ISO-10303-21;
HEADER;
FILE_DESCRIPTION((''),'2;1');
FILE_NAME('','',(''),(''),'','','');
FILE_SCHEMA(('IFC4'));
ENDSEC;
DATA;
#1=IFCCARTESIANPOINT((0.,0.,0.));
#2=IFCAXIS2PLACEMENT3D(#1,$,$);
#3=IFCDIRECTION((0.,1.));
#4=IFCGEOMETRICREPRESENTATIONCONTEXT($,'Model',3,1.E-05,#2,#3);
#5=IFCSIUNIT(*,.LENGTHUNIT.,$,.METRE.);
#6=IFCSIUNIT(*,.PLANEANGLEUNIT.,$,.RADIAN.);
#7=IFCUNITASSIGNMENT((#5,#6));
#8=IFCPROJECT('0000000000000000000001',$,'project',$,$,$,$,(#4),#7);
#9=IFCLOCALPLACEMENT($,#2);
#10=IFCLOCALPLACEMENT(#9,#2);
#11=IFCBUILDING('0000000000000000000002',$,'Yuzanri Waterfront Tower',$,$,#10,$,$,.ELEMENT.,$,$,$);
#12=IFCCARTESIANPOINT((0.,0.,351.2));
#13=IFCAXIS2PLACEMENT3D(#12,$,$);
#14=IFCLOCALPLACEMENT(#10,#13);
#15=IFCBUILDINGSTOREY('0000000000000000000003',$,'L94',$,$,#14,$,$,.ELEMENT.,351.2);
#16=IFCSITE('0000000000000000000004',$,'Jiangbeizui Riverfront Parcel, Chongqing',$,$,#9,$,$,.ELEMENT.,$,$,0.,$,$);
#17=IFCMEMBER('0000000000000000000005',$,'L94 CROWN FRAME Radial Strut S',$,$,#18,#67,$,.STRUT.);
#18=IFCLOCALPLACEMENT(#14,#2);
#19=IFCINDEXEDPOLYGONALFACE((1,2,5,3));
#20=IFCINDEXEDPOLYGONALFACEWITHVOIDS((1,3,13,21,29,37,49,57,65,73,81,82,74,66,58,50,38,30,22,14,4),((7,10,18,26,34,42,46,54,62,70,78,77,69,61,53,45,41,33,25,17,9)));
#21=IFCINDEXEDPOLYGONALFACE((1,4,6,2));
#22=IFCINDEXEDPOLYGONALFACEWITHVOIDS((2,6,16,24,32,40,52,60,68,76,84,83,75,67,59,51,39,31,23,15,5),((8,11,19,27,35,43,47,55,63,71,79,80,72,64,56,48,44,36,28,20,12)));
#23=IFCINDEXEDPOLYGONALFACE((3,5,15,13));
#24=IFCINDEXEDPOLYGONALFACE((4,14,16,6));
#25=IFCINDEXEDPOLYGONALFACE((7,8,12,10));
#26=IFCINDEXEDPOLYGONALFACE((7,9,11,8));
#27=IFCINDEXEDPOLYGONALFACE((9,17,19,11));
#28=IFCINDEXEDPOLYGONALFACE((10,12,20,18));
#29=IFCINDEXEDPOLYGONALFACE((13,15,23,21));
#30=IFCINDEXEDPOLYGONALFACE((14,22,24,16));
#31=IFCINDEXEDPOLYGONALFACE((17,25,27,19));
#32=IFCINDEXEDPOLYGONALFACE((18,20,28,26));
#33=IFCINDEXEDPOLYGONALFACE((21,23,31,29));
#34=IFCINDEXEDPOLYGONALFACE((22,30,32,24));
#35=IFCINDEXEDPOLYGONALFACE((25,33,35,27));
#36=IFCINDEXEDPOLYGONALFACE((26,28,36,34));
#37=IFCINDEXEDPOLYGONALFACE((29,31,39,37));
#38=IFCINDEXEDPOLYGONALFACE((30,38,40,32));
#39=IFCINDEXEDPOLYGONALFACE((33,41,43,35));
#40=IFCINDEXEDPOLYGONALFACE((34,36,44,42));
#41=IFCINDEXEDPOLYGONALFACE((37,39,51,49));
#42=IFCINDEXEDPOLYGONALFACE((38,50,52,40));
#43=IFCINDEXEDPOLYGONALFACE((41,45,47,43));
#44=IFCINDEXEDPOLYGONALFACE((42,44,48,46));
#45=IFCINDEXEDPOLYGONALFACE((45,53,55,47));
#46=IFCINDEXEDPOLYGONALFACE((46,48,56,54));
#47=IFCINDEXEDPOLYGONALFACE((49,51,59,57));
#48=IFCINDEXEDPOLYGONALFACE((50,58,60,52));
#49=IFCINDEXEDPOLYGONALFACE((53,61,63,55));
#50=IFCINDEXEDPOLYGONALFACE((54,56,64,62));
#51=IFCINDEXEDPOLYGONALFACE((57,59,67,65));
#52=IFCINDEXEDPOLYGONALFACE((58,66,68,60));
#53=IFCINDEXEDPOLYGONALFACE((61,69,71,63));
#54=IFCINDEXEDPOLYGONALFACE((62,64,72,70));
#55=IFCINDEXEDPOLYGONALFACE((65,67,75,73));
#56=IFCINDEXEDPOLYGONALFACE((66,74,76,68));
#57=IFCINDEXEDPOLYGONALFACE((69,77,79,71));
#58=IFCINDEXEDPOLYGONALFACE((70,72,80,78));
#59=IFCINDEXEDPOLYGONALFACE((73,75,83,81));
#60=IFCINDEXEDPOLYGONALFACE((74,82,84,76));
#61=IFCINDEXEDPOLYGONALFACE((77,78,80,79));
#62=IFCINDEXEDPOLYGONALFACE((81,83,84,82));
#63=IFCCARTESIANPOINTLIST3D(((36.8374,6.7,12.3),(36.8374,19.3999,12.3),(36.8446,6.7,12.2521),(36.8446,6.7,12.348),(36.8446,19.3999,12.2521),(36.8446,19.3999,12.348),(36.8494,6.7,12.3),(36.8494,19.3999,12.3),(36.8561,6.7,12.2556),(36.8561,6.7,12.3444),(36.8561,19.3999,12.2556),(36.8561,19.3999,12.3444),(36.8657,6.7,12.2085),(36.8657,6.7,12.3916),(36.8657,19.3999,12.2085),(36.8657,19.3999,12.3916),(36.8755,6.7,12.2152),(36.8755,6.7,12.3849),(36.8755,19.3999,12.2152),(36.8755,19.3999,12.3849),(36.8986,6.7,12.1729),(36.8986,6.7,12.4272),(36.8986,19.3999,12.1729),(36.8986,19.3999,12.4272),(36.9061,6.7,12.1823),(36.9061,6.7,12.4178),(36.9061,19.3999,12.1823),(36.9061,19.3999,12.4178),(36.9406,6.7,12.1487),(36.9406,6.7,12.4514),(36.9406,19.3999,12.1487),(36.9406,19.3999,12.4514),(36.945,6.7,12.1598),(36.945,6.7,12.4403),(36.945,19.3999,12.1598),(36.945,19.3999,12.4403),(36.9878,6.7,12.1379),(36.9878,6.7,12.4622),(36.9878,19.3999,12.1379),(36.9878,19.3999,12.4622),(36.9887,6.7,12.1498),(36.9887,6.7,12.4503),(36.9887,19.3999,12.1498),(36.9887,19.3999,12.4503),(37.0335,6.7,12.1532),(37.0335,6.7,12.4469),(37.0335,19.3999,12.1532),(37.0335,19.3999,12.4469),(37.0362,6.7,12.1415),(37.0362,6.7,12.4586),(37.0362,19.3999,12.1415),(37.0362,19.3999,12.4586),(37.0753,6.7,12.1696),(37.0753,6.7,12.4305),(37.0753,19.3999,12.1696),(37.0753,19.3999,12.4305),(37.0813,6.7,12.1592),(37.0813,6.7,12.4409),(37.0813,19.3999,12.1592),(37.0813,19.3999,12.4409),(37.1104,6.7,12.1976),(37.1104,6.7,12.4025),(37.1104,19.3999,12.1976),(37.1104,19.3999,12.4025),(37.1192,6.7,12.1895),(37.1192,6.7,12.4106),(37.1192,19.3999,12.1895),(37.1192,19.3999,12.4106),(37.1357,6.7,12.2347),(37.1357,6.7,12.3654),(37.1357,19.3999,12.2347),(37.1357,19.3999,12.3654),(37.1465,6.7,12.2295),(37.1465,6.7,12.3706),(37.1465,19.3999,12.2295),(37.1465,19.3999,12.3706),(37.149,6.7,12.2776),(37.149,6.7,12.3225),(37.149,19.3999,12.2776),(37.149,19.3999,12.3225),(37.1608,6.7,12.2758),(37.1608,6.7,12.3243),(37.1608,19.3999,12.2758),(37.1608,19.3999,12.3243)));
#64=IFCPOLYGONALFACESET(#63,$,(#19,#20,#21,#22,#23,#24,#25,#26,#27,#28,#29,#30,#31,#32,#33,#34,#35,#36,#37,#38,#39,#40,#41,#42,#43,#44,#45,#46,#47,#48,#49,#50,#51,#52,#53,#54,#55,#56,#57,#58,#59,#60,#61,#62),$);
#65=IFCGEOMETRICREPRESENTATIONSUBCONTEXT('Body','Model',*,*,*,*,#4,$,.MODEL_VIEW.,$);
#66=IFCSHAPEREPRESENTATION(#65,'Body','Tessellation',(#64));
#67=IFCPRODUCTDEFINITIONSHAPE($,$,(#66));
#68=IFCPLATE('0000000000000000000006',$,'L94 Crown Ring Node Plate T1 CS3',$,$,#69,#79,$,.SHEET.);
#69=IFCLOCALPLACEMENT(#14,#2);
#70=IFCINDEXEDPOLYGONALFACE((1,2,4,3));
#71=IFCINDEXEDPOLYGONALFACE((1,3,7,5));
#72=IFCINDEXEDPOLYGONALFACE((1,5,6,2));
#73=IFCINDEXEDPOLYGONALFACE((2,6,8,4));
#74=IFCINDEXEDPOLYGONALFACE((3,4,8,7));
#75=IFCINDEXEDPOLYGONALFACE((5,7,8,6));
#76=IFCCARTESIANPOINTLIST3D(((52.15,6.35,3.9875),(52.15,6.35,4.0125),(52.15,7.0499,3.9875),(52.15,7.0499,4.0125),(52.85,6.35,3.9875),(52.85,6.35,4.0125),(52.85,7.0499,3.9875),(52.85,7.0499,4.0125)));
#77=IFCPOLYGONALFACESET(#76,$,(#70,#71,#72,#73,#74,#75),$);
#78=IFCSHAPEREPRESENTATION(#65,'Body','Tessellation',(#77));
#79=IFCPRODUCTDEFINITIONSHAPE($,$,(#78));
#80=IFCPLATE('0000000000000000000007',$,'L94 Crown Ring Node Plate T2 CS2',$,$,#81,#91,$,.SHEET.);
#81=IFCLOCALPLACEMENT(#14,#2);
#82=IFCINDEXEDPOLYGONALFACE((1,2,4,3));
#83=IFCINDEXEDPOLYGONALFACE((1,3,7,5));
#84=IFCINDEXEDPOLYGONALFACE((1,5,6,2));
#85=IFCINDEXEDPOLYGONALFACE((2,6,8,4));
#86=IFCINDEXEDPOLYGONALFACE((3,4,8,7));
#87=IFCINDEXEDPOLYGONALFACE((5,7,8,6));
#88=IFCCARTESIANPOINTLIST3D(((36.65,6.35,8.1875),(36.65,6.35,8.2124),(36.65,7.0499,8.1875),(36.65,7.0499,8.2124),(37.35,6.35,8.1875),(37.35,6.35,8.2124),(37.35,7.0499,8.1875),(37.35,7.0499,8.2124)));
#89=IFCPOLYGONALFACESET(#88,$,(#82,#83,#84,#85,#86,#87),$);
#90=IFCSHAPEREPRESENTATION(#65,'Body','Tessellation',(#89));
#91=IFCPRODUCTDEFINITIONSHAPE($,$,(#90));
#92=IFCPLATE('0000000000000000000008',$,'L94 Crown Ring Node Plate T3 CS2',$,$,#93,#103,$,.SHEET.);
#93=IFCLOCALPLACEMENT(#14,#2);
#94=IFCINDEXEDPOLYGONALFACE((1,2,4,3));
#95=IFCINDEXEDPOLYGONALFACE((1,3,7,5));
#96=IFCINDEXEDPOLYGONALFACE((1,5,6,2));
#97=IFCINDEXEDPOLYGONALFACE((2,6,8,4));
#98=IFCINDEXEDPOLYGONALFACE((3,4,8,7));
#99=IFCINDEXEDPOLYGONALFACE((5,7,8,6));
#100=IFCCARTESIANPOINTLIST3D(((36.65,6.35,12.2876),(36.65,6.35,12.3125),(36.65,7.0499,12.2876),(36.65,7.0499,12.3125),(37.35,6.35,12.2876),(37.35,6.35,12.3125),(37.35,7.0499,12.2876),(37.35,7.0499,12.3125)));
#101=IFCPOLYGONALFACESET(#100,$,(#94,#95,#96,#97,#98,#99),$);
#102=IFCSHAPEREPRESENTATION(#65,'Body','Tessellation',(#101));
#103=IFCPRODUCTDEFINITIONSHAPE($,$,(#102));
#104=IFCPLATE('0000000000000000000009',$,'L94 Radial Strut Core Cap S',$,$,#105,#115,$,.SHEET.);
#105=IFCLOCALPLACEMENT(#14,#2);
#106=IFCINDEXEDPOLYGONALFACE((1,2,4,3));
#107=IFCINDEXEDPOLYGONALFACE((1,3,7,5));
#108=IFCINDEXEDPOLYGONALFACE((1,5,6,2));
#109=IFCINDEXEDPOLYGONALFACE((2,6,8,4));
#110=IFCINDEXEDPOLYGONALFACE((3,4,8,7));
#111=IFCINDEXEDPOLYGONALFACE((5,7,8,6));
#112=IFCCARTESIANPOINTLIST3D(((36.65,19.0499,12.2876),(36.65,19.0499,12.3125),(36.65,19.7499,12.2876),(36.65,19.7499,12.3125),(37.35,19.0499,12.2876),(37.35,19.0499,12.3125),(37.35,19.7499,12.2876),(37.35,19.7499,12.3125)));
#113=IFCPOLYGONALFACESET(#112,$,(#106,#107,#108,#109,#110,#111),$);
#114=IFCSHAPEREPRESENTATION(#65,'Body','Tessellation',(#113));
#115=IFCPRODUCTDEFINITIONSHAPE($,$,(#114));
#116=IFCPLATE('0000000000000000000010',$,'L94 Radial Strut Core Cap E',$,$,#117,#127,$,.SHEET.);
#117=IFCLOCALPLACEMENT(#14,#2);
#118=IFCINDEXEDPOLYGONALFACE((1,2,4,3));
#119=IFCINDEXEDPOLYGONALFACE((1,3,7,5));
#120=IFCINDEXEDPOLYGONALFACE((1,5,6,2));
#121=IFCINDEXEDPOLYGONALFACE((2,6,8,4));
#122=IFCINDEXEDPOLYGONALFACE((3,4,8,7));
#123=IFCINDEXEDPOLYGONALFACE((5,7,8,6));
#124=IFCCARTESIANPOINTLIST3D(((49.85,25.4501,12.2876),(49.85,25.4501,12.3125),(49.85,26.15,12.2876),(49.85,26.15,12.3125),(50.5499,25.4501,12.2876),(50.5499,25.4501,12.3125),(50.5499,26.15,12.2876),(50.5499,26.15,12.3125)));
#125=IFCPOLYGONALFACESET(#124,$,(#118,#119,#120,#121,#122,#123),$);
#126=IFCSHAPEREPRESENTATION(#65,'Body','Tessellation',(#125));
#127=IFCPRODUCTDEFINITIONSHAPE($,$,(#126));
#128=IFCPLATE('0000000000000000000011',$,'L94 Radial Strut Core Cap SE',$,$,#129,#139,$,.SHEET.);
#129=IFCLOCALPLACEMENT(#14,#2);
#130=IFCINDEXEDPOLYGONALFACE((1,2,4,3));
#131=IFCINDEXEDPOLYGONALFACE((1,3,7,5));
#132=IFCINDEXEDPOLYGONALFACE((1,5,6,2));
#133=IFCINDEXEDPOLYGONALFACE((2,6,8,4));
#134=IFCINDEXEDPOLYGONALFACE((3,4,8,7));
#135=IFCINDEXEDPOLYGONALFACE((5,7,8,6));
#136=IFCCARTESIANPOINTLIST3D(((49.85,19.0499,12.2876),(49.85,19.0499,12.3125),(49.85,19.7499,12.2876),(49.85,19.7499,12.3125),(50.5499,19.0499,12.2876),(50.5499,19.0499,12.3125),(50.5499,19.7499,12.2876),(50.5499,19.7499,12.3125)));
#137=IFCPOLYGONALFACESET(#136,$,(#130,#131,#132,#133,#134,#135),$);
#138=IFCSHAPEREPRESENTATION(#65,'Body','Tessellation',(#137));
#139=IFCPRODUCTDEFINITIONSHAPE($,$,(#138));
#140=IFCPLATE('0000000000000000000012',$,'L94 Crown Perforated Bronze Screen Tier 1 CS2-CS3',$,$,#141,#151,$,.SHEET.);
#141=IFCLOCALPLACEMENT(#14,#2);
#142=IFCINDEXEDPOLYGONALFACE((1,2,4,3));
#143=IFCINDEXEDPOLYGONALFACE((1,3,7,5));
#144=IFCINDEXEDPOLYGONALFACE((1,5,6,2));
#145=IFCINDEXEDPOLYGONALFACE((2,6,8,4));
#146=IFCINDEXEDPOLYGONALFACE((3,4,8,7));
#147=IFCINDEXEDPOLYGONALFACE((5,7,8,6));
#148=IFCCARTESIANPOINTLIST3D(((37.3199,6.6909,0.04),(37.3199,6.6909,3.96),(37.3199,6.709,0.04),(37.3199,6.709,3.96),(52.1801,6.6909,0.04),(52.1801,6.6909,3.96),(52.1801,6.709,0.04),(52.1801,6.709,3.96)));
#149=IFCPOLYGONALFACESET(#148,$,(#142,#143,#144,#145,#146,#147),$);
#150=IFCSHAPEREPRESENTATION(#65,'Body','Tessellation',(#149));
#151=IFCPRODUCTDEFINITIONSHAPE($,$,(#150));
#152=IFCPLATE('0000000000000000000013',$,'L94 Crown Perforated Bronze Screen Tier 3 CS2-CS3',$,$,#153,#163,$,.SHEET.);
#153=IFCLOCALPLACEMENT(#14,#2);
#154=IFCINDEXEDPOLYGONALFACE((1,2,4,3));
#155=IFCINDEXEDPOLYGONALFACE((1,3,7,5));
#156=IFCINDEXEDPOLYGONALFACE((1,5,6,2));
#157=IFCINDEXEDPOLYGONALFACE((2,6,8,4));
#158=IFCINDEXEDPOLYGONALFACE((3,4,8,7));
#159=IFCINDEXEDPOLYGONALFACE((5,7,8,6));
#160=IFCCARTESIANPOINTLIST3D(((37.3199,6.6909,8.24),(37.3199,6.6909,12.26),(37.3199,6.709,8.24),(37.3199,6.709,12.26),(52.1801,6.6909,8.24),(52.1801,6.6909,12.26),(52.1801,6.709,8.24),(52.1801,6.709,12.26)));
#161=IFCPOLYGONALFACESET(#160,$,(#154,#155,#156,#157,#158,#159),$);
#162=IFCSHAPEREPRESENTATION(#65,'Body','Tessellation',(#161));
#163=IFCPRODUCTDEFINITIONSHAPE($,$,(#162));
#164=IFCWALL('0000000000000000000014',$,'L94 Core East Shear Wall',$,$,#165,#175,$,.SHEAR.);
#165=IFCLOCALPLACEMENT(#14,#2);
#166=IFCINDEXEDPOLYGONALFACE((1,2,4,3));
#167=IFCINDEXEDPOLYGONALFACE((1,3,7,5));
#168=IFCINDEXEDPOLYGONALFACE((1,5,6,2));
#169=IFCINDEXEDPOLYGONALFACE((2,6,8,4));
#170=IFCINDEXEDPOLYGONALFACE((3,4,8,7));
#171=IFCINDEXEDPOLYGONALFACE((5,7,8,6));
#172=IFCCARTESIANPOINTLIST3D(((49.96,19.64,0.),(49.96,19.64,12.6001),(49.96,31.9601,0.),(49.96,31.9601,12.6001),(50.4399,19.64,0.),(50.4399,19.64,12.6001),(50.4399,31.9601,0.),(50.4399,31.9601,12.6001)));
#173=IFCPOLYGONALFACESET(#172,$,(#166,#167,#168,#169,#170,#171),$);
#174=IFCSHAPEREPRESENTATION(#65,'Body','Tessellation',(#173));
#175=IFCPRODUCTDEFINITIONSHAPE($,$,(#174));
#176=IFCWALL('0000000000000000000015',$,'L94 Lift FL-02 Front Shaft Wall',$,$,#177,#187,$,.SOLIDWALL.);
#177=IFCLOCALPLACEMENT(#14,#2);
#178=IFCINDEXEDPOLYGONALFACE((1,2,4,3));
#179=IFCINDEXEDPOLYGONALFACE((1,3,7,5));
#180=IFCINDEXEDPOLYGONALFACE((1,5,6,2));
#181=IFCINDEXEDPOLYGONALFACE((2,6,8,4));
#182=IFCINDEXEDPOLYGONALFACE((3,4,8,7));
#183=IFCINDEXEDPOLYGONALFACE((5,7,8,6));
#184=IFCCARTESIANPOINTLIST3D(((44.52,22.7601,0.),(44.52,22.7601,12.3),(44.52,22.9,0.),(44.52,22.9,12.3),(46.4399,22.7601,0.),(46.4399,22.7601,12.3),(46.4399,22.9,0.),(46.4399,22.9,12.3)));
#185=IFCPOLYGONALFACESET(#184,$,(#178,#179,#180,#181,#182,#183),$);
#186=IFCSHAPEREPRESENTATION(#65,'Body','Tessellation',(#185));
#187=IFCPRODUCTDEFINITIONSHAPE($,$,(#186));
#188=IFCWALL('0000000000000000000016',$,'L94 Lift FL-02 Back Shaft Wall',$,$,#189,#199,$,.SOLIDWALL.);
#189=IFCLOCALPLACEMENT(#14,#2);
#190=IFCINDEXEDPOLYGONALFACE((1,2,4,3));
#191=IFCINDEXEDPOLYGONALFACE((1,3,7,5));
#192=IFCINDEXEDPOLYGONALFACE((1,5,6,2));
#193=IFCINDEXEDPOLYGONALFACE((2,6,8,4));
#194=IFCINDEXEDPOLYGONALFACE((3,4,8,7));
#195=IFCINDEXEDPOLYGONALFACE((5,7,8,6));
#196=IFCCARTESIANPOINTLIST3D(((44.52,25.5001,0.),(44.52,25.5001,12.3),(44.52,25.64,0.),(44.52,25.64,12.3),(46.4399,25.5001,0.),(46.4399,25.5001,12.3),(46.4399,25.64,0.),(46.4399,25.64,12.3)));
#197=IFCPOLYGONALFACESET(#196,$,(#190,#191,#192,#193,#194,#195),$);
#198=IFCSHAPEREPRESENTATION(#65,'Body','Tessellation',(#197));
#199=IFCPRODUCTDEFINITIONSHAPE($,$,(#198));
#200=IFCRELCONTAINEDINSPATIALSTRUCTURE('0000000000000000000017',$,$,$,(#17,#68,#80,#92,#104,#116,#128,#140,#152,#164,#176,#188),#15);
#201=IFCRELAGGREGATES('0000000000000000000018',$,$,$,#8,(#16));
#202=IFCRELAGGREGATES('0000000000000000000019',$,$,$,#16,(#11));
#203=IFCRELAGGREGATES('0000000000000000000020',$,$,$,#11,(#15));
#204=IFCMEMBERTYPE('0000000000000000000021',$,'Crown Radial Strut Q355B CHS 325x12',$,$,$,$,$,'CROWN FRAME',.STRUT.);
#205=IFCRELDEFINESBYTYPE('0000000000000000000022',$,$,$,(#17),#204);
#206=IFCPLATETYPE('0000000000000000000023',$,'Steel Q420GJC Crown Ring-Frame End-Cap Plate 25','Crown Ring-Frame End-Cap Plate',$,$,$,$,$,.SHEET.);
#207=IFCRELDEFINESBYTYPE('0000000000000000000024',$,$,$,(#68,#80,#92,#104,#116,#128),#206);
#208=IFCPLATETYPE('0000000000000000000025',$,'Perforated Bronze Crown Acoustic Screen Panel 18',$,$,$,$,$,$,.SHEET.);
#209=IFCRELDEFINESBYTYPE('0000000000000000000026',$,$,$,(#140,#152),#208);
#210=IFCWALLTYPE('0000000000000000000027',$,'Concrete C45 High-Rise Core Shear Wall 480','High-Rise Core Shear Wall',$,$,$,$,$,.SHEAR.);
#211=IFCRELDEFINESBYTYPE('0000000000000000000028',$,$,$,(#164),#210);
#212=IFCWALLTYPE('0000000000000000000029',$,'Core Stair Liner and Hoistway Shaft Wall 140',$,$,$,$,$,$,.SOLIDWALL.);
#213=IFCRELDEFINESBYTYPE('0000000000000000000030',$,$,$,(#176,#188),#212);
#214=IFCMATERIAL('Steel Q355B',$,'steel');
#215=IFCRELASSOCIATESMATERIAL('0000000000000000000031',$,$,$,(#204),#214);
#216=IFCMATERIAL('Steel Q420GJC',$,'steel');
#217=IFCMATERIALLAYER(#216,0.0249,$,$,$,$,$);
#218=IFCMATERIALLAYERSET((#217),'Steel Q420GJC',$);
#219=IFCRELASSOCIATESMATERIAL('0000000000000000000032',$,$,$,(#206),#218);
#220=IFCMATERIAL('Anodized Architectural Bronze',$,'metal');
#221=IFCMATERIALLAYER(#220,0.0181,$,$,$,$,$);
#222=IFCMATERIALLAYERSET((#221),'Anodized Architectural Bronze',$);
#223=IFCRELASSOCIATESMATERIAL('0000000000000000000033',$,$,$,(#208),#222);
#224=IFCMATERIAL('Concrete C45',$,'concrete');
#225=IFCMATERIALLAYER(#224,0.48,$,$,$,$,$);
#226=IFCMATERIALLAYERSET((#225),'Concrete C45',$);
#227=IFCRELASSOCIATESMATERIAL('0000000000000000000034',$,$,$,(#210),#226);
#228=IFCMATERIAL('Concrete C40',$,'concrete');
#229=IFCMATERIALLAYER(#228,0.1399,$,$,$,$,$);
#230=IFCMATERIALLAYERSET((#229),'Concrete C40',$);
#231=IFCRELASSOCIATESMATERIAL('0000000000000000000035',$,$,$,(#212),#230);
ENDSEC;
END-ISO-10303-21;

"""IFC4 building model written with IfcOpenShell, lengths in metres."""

from ifc_helpers import new_model, si_unit, direction, frame, frame_2d, origin, origin_2d, place, context, subcontext, project, spatial, rectangle, hollow_circle, extrude, source, transform, mapped, material, layer, layer_set, material_profile, profile_set, type_object, element, save


model = new_model("IFC4")

# Units and contexts
model_context = context("Model", 3, precision=1e-05, world=origin(), true_north=direction((0.0, 1.0)))
body_context = subcontext(model_context, "Body", "Model", "MODEL_VIEW")
ifc_project = project(units=[si_unit("LENGTHUNIT", "METRE"), si_unit("PLANEANGLEUNIT", "RADIAN")], contexts=[model_context])

# Site, building, storey
site_placement = place(None, origin())
site = spatial("IfcSite", under=ifc_project, at=site_placement, Name="Jiangbeizui Riverfront Parcel, Chongqing", CompositionType="ELEMENT", RefElevation=0.0)
building_placement = place(site_placement, origin())
building = spatial("IfcBuilding", under=site, at=building_placement, Name="Yuzanri Waterfront Tower", CompositionType="ELEMENT")
storey_placement = place(building_placement, frame((0.0, 0.0, 351.2)))
storey = spatial("IfcBuildingStorey", under=building, at=storey_placement, Name="L94", CompositionType="ELEMENT", Elevation=351.2)

# Member
ifc_material_1 = material(Name="Steel Q355B", Category="steel")
ifc_material_profile_1 = material_profile(ifc_material_1, hollow_circle(Radius=0.1626, WallThickness=0.012, at=origin_2d()), Name="CHS 325x12")
ifc_profile_set_1 = profile_set([ifc_material_profile_1], Name="Steel Q355B")
member_type = type_object("IfcMemberType", Name="Crown Radial Strut Q355B CHS 325x12", ElementType="CROWN FRAME", PredefinedType="STRUT", material=ifc_profile_set_1)
shared_shape_1 = source(origin(), body_context, "Body", "SweptSolid", [
    extrude(hollow_circle(Radius=0.1626, WallThickness=0.012, at=origin_2d()), origin(), (0.0, 0.0, 1.0), 12.7),
])
member_placement = place(storey_placement, frame((37.0, 6.7, 12.3), z_axis=(0.0, 1.0, 0.0), x_axis=(-1.0, 0.0, 0.0)))
element("IfcMember", 1, at=member_placement, inside=storey, type_object=member_type, Name="L94 CROWN FRAME Radial Strut S", PredefinedType="STRUT", context=body_context, shape_type="MappedRepresentation", body=[
    mapped(shared_shape_1, transform((0.0, 0.0, 0.0), scale=1.0)),
])

# Plates
ifc_material_2 = material(Name="Steel Q420GJC", Category="steel")
ifc_layer_1 = layer(ifc_material_2, 0.0249)
ifc_layer_set_1 = layer_set([ifc_layer_1], Name="Steel Q420GJC")
plate_type_1 = type_object("IfcPlateType", Name="Steel Q420GJC Crown Ring-Frame End-Cap Plate 25", Description="Crown Ring-Frame End-Cap Plate", PredefinedType="SHEET", material=ifc_layer_set_1)
shared_shape_2 = source(origin(), body_context, "Body", "SweptSolid", [
    extrude(rectangle(XDim=0.7, YDim=0.7, at=origin_2d()), origin(), (0.0, 0.0, 1.0), 0.0249),
])
for number, where, z_axis, x_axis, name in (
    (2, (52.5, 6.7, 3.9875), (0.0, 0.0, 1.0), (1.0, 0.0, 0.0), "L94 Crown Ring Node Plate T1 CS3"),
    (3, (37.0, 6.7, 8.1875), (0.0, 0.0, 1.0), (1.0, 0.0, 0.0), "L94 Crown Ring Node Plate T2 CS2"),
    (4, (37.0, 6.7, 12.2876), (0.0, 0.0, 1.0), (1.0, 0.0, 0.0), "L94 Crown Ring Node Plate T3 CS2"),
    (5, (37.0, 19.3999, 12.2876), (0.0, 0.0, 1.0), (1.0, 0.0, 0.0), "L94 Radial Strut Core Cap S"),
    (6, (50.2, 25.8, 12.2876), (0.0, 0.0, 1.0), (1.0, 0.0, 0.0), "L94 Radial Strut Core Cap E"),
    (7, (50.2, 19.3999, 12.2876), (0.0, 0.0, 1.0), (1.0, 0.0, 0.0), "L94 Radial Strut Core Cap SE"),
):
    element("IfcPlate", number, at=place(storey_placement, frame(where, z_axis=z_axis, x_axis=x_axis)), inside=storey, type_object=plate_type_1, Name=name, PredefinedType="SHEET", context=body_context, shape_type="MappedRepresentation", body=[
        mapped(shared_shape_2, transform((0.0, 0.0, 0.0), scale=1.0)),
    ])
ifc_material_3 = material(Name="Anodized Architectural Bronze", Category="metal")
ifc_layer_2 = layer(ifc_material_3, 0.0181)
ifc_layer_set_2 = layer_set([ifc_layer_2], Name="Anodized Architectural Bronze")
plate_type_2 = type_object("IfcPlateType", Name="Perforated Bronze Crown Acoustic Screen Panel 18", PredefinedType="SHEET", material=ifc_layer_set_2)
shared_shape_3 = source(origin(), body_context, "Body", "SweptSolid", [
    extrude(rectangle(XDim=14.8601, YDim=0.0181, at=origin_2d()), origin(), (0.0, 0.0, 1.0), 3.9199),
])
plate_1_placement = place(storey_placement, frame((44.75, 6.7, 0.04), z_axis=(0.0, 0.0, 1.0), x_axis=(1.0, 0.0, 0.0)))
element("IfcPlate", 8, at=plate_1_placement, inside=storey, type_object=plate_type_2, Name="L94 Crown Perforated Bronze Screen Tier 1 CS2-CS3", PredefinedType="SHEET", context=body_context, shape_type="MappedRepresentation", body=[
    mapped(shared_shape_3, transform((0.0, 0.0, 0.0), scale=1.0)),
])
shared_shape_4 = source(origin(), body_context, "Body", "SweptSolid", [
    extrude(rectangle(XDim=14.8601, YDim=0.0181, at=origin_2d()), origin(), (0.0, 0.0, 1.0), 4.02),
])
plate_2_placement = place(storey_placement, frame((44.75, 6.7, 8.24), z_axis=(0.0, 0.0, 1.0), x_axis=(1.0, 0.0, 0.0)))
element("IfcPlate", 9, at=plate_2_placement, inside=storey, type_object=plate_type_2, Name="L94 Crown Perforated Bronze Screen Tier 3 CS2-CS3", PredefinedType="SHEET", context=body_context, shape_type="MappedRepresentation", body=[
    mapped(shared_shape_4, transform((0.0, 0.0, 0.0), scale=1.0)),
])

# Walls
ifc_material_4 = material(Name="Concrete C45", Category="concrete")
ifc_layer_3 = layer(ifc_material_4, 0.48)
ifc_layer_set_3 = layer_set([ifc_layer_3], Name="Concrete C45")
wall_type_1 = type_object("IfcWallType", Name="Concrete C45 High-Rise Core Shear Wall 480", Description="High-Rise Core Shear Wall", PredefinedType="SHEAR", material=ifc_layer_set_3)
shared_shape_5 = source(origin(), body_context, "Body", "SweptSolid", [
    extrude(rectangle(XDim=12.3201, YDim=0.48, at=frame_2d((6.1602, 0.0))), origin(), (0.0, 0.0, 1.0), 12.6001),
])
wall_placement = place(storey_placement, frame((50.2, 19.6399, 0.0), z_axis=(0.0, 0.0, 1.0), x_axis=(0.0, 1.0, 0.0)))
element("IfcWall", 10, at=wall_placement, inside=storey, type_object=wall_type_1, Name="L94 Core East Shear Wall", PredefinedType="SHEAR", context=body_context, shape_type="MappedRepresentation", body=[
    mapped(shared_shape_5, transform((0.0, 0.0, 0.0), scale=1.0)),
])
ifc_material_5 = material(Name="Concrete C40", Category="concrete")
ifc_layer_4 = layer(ifc_material_5, 0.1399)
ifc_layer_set_4 = layer_set([ifc_layer_4], Name="Concrete C40")
wall_type_2 = type_object("IfcWallType", Name="Core Stair Liner and Hoistway Shaft Wall 140", PredefinedType="SOLIDWALL", material=ifc_layer_set_4)
shared_shape_6 = source(origin(), body_context, "Body", "SweptSolid", [
    extrude(rectangle(XDim=1.9199, YDim=0.1399, at=frame_2d((0.96, 0.0))), origin(), (0.0, 0.0, 1.0), 12.3),
])
for number, where, z_axis, x_axis, name in (
    (11, (44.52, 22.8301, 0.0), (0.0, 0.0, 1.0), (1.0, 0.0, 0.0), "L94 Lift FL-02 Front Shaft Wall"),
    (12, (44.52, 25.5701, 0.0), (0.0, 0.0, 1.0), (1.0, 0.0, 0.0), "L94 Lift FL-02 Back Shaft Wall"),
):
    element("IfcWall", number, at=place(storey_placement, frame(where, z_axis=z_axis, x_axis=x_axis)), inside=storey, type_object=wall_type_2, Name=name, PredefinedType="SOLIDWALL", context=body_context, shape_type="MappedRepresentation", body=[
        mapped(shared_shape_6, transform((0.0, 0.0, 0.0), scale=1.0)),
    ])

save(model, "model.ifc")
